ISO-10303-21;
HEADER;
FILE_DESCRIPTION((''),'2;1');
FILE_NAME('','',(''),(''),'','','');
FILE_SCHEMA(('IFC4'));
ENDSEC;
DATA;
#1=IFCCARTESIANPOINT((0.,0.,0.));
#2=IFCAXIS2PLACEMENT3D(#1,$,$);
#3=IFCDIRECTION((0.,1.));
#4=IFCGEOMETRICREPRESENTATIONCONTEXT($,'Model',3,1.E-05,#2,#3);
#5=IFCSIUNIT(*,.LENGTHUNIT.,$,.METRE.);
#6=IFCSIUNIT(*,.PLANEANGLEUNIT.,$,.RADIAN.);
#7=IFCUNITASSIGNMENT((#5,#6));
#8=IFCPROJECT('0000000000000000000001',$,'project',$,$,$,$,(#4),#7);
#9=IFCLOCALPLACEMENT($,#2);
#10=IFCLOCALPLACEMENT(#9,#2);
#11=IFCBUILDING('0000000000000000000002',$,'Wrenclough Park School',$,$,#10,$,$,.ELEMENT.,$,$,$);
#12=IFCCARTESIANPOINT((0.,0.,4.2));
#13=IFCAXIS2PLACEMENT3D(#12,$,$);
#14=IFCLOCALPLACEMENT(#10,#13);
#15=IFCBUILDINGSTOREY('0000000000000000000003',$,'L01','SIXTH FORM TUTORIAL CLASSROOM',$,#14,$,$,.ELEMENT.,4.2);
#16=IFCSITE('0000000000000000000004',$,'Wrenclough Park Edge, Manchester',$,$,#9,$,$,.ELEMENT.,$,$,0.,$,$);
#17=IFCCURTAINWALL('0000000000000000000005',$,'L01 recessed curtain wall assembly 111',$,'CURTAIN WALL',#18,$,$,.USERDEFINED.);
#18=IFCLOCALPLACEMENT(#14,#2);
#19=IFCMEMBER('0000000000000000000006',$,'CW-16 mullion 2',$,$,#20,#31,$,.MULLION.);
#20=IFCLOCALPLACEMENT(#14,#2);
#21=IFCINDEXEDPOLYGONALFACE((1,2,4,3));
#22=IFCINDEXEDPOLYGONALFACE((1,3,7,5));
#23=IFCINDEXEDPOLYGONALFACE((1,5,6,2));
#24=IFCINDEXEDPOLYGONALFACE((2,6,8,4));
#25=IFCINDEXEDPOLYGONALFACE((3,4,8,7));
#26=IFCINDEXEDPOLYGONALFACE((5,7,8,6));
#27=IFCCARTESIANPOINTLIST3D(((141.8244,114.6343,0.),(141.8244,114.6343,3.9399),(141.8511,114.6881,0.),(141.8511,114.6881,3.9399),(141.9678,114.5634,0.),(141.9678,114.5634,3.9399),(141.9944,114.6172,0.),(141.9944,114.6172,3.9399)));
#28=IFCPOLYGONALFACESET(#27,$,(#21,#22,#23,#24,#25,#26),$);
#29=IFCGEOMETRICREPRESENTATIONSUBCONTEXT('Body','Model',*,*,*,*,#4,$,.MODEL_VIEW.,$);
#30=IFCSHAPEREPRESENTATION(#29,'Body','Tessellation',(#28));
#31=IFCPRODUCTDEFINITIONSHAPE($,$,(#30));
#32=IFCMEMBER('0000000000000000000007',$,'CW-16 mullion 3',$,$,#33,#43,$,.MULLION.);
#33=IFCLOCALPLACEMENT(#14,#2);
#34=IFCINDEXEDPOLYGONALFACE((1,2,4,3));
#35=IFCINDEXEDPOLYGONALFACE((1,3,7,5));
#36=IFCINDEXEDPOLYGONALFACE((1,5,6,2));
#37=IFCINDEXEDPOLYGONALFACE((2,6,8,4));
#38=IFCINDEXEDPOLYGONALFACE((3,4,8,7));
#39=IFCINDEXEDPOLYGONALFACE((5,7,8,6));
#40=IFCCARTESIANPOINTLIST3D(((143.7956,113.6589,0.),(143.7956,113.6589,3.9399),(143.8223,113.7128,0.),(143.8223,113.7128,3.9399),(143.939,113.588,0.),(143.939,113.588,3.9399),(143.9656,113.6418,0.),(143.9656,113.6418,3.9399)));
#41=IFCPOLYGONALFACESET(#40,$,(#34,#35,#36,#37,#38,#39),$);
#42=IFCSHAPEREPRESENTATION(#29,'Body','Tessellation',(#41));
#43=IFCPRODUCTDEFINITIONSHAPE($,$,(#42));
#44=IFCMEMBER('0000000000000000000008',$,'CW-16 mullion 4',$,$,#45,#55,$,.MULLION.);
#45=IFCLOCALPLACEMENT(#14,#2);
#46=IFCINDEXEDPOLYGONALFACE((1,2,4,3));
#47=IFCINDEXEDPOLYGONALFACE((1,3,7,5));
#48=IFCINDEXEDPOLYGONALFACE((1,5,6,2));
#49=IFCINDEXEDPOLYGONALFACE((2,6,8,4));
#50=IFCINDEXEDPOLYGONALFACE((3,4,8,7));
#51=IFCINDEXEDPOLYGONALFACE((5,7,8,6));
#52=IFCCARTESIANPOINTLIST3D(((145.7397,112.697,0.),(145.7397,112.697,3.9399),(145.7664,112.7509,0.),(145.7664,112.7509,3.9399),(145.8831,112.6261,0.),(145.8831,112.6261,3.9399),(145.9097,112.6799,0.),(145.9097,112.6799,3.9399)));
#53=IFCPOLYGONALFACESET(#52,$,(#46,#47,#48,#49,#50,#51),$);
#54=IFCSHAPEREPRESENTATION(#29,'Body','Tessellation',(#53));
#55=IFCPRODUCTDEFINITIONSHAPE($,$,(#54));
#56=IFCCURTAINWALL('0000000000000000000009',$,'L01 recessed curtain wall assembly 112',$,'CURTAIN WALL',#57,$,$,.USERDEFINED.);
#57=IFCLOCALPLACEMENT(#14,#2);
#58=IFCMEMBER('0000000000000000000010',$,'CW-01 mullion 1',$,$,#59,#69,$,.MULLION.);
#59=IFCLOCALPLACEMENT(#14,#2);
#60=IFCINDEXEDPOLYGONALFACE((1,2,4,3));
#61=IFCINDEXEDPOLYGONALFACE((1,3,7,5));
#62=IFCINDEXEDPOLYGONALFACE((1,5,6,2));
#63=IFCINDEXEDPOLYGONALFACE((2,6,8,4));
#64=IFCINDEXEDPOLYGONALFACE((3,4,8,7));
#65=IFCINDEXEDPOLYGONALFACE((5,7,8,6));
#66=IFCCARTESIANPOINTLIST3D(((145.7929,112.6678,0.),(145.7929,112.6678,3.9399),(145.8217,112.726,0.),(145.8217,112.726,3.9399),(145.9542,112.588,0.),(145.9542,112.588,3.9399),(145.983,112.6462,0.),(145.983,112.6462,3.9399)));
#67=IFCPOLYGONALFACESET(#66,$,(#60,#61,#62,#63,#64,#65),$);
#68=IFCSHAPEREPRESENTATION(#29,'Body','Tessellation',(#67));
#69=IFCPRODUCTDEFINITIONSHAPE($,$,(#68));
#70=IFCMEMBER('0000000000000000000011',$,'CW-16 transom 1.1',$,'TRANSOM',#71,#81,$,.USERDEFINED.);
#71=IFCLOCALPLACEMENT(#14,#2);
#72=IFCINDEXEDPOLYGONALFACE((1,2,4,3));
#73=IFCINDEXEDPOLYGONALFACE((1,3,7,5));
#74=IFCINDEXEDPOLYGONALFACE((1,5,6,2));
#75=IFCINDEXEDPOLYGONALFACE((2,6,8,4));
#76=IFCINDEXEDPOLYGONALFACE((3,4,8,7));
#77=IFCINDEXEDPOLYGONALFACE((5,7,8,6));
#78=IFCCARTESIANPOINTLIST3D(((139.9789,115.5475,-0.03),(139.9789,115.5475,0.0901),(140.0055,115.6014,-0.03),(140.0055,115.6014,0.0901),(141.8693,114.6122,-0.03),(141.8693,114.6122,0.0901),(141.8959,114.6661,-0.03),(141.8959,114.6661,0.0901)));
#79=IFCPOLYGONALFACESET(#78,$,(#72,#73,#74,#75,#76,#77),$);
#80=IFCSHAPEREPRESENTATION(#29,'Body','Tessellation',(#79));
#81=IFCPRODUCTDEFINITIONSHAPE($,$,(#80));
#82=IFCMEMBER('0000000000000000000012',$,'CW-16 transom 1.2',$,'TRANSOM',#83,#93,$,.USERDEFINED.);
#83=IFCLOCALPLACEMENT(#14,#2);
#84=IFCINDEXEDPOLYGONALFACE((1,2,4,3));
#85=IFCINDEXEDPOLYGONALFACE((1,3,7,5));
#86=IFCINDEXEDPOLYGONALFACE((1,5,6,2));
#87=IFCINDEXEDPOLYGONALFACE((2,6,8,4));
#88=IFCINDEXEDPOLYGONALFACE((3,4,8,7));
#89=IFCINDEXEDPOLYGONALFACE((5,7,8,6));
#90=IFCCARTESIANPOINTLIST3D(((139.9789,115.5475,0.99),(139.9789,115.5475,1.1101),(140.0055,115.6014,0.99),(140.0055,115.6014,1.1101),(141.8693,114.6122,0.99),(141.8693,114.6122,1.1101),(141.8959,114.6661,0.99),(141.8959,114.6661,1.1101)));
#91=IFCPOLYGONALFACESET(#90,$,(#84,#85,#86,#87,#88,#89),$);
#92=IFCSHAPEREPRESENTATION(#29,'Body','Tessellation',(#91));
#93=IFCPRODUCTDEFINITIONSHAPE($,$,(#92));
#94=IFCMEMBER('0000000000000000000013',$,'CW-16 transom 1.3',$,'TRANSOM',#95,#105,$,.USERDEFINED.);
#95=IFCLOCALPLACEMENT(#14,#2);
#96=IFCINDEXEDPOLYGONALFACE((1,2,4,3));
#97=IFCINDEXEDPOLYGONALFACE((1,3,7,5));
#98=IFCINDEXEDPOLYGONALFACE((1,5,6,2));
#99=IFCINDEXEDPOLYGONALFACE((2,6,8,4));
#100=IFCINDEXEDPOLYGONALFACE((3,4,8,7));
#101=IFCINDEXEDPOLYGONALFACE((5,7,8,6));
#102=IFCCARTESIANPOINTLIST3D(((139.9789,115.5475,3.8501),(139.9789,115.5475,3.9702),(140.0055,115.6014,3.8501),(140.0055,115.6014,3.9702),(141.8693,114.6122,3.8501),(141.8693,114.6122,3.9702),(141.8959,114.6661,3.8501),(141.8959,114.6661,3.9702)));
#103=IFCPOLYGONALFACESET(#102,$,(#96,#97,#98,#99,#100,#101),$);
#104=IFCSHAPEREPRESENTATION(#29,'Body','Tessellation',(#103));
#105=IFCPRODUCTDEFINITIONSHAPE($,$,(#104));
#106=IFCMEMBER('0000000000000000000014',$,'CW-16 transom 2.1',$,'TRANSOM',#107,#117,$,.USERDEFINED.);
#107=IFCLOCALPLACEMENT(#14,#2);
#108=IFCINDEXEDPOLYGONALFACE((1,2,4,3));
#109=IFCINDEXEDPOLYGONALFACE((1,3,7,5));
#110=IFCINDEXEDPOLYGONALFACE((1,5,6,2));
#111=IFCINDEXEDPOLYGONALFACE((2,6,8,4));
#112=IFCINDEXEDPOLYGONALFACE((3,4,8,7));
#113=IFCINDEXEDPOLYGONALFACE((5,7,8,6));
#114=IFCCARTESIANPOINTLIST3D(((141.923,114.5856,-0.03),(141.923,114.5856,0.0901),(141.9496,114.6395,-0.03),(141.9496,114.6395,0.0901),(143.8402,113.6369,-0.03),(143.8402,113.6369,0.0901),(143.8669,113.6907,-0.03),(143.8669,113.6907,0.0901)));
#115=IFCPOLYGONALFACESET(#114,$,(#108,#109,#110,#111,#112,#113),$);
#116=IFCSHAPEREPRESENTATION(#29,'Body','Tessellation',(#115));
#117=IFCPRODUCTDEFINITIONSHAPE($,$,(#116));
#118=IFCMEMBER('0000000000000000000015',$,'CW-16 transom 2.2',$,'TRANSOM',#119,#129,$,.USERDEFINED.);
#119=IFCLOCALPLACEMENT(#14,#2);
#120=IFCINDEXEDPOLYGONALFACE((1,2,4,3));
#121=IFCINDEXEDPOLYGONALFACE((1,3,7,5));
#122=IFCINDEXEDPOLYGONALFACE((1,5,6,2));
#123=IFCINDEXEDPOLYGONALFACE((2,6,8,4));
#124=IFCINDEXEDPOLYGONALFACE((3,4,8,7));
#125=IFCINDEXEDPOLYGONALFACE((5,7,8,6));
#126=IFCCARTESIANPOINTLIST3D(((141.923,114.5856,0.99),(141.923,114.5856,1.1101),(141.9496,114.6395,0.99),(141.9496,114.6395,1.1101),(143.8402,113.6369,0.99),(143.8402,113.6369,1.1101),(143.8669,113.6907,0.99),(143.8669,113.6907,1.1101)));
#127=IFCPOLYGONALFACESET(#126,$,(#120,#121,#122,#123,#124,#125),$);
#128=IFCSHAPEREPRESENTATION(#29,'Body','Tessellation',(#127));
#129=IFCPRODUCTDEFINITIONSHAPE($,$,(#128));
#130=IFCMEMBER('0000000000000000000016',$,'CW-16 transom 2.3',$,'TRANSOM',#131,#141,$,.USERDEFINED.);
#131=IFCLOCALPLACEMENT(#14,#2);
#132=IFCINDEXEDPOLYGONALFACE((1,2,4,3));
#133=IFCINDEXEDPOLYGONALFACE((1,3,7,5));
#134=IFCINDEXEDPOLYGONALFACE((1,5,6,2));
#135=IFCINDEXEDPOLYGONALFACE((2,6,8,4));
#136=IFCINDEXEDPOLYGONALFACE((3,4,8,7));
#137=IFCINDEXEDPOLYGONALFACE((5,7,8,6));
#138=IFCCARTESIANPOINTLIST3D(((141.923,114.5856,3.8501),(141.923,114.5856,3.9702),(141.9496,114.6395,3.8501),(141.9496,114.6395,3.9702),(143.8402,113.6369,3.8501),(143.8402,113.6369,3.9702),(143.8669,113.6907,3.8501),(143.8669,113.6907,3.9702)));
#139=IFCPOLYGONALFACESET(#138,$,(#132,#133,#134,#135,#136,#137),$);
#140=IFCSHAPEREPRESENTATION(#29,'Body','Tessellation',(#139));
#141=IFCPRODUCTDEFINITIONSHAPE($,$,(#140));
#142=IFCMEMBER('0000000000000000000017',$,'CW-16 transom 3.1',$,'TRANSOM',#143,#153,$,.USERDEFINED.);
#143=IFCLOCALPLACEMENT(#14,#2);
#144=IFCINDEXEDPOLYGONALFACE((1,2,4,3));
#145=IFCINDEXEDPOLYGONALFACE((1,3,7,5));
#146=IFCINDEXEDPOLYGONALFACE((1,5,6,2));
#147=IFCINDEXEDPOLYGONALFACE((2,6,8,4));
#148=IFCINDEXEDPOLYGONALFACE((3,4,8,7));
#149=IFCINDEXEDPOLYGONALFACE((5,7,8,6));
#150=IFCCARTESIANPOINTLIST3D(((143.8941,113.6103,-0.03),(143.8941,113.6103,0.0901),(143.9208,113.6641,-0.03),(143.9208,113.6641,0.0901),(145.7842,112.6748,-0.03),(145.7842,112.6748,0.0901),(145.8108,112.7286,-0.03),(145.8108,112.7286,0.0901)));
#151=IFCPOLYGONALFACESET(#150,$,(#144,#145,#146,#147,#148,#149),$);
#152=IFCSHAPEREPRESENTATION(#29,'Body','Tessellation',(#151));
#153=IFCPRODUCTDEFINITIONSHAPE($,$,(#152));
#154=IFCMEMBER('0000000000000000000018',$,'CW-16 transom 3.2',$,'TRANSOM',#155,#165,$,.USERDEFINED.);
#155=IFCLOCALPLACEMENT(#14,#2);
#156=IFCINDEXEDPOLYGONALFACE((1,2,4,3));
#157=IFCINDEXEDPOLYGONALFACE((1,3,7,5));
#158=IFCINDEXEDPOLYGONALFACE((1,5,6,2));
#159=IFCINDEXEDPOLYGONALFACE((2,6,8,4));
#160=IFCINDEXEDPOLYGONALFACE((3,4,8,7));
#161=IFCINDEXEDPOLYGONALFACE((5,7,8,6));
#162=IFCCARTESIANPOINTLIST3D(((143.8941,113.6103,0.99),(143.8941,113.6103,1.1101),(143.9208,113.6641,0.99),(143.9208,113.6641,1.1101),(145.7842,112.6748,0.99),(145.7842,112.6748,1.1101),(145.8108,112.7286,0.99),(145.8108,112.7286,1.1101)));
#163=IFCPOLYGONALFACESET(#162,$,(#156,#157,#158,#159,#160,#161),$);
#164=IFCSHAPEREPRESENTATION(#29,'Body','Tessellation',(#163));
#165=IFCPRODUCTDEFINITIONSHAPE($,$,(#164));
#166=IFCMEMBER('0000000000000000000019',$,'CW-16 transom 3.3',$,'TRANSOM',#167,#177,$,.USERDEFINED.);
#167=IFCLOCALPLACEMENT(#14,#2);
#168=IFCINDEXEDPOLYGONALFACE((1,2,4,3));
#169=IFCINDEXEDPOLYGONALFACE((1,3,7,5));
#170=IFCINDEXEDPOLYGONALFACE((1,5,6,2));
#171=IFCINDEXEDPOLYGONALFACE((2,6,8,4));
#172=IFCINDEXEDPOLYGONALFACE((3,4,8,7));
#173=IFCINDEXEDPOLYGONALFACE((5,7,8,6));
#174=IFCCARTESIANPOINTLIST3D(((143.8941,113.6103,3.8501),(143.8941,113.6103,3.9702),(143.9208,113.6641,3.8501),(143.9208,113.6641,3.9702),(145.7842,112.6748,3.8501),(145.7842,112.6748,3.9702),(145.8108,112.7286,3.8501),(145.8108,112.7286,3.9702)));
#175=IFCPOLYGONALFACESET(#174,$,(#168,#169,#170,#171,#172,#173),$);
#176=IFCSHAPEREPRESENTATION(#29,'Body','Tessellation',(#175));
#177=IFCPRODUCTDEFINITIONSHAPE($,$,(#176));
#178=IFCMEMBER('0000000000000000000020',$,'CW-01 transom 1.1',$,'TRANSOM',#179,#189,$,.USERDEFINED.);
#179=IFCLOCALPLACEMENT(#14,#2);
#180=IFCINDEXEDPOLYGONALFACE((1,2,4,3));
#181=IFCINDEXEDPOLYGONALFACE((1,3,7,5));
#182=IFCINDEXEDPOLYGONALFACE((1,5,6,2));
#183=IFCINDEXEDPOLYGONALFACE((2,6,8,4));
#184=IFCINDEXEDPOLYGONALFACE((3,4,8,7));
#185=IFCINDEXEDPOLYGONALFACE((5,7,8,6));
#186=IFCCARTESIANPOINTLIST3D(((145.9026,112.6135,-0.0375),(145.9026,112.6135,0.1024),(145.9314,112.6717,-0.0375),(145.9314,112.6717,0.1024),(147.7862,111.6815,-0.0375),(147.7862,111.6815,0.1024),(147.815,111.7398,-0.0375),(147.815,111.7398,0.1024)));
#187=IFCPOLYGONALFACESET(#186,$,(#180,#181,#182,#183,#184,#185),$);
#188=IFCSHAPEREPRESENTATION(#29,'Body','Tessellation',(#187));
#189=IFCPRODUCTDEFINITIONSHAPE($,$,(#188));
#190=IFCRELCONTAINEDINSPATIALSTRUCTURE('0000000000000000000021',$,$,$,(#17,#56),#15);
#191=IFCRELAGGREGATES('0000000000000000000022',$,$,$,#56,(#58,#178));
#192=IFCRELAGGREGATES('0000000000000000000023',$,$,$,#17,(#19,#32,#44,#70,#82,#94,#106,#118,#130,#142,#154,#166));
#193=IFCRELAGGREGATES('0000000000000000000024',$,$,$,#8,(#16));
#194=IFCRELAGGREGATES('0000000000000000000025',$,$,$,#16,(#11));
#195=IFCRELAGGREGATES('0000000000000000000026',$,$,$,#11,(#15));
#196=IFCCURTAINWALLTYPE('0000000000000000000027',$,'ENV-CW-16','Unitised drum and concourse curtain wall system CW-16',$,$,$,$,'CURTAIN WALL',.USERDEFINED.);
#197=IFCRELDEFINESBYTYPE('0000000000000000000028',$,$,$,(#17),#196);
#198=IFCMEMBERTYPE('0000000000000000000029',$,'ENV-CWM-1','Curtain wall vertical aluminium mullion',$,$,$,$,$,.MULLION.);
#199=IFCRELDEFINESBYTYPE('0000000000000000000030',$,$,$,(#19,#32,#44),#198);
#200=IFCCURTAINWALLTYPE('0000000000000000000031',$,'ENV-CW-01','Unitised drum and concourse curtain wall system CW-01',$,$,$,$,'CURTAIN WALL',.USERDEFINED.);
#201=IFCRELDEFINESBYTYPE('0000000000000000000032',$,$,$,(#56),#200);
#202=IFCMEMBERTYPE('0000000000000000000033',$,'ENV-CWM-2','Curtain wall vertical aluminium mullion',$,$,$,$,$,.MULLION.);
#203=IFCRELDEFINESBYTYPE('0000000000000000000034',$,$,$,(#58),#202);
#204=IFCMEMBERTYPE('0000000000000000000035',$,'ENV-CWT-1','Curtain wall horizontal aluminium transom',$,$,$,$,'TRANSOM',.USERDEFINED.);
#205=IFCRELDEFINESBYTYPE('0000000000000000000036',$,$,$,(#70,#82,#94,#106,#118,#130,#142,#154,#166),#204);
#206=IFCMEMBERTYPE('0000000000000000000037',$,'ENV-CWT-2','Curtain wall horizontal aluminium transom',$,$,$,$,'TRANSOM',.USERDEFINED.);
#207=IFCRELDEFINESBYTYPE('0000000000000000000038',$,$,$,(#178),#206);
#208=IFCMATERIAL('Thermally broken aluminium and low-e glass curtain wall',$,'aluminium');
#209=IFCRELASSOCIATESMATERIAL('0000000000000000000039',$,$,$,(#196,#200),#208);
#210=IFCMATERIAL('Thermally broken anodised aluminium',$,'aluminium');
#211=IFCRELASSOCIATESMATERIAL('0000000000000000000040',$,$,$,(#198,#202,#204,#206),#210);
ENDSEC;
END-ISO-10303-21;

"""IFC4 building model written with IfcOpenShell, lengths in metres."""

from ifc_helpers import new_model, si_unit, direction, frame, origin, origin_2d, place, context, subcontext, project, spatial, rectangle, extrude, material, material_profile, profile_set, type_object, element, aggregate, save


model = new_model("IFC4")

# Units and contexts
model_context = context("Model", 3, precision=1e-05, world=origin(), true_north=direction((0.0, 1.0)))
body_context = subcontext(model_context, "Body", "Model", "MODEL_VIEW")
ifc_project = project(units=[si_unit("LENGTHUNIT", "METRE"), si_unit("PLANEANGLEUNIT", "RADIAN")], contexts=[model_context])

# Site, building, storey
site_placement = place(None, origin())
site = spatial("IfcSite", under=ifc_project, at=site_placement, Name="Wrenclough Park Edge, Manchester", CompositionType="ELEMENT", RefElevation=0.0)
building_placement = place(site_placement, origin())
building = spatial("IfcBuilding", under=site, at=building_placement, Name="Wrenclough Park School", CompositionType="ELEMENT")
storey_placement = place(building_placement, frame((0.0, 0.0, 4.2)))
storey = spatial("IfcBuildingStorey", under=building, at=storey_placement, Name="L01", Description="SIXTH FORM TUTORIAL CLASSROOM", CompositionType="ELEMENT", Elevation=4.2)

# Curtain wall, members
ifc_material_1 = material(Name="Thermally broken aluminium and low-e glass curtain wall", Category="aluminium")
curtain_wall_type_1 = type_object("IfcCurtainWallType", Name="ENV-CW-16", Description="Unitised drum and concourse curtain wall system CW-16", ElementType="CURTAIN WALL", PredefinedType="USERDEFINED", material=ifc_material_1)
curtain_wall_1_placement = place(storey_placement, origin())
curtain_wall_1 = element("IfcCurtainWall", 1, at=curtain_wall_1_placement, inside=storey, type_object=curtain_wall_type_1, Name="L01 recessed curtain wall assembly 111", ObjectType="CURTAIN WALL", PredefinedType="USERDEFINED")
ifc_material_2 = material(Name="Thermally broken anodised aluminium", Category="aluminium")
ifc_material_profile_1 = material_profile(ifc_material_2, rectangle(XDim=0.0601, YDim=0.1599, at=origin_2d()), Name="AL MULLION 60x160")
ifc_profile_set_1 = profile_set([ifc_material_profile_1], Name="Thermally broken anodised aluminium")
member_type_1 = type_object("IfcMemberType", Name="ENV-CWM-1", Description="Curtain wall vertical aluminium mullion", PredefinedType="MULLION", material=ifc_profile_set_1)
member_1_placement = place(storey_placement, frame((141.9094, 114.6257, 0.0), z_axis=(0.0, 0.0, 1.0), x_axis=(0.443511, 0.896269, 0.0)))
member_1 = element("IfcMember", 2, at=member_1_placement, type_object=member_type_1, Name="CW-16 mullion 2", PredefinedType="MULLION", context=body_context, shape_type="SweptSolid", body=[
    extrude(rectangle(XDim=0.0601, YDim=0.1599, at=origin_2d()), origin(), (0.0, 0.0, 1.0), 3.9399),
])
member_2_placement = place(storey_placement, frame((143.8806, 113.6504, 0.0), z_axis=(0.0, 0.0, 1.0), x_axis=(0.443511, 0.896269, 0.0)))
member_2 = element("IfcMember", 3, at=member_2_placement, type_object=member_type_1, Name="CW-16 mullion 3", PredefinedType="MULLION", context=body_context, shape_type="SweptSolid", body=[
    extrude(rectangle(XDim=0.0601, YDim=0.1599, at=origin_2d()), origin(), (0.0, 0.0, 1.0), 3.9399),
])
member_3_placement = place(storey_placement, frame((145.8247, 112.6885, 0.0), z_axis=(0.0, 0.0, 1.0), x_axis=(0.443511, 0.896269, 0.0)))
member_3 = element("IfcMember", 4, at=member_3_placement, type_object=member_type_1, Name="CW-16 mullion 4", PredefinedType="MULLION", context=body_context, shape_type="SweptSolid", body=[
    extrude(rectangle(XDim=0.0601, YDim=0.1599, at=origin_2d()), origin(), (0.0, 0.0, 1.0), 3.9399),
])

# Curtain wall, member
curtain_wall_type_2 = type_object("IfcCurtainWallType", Name="ENV-CW-01", Description="Unitised drum and concourse curtain wall system CW-01", ElementType="CURTAIN WALL", PredefinedType="USERDEFINED", material=ifc_material_1)
curtain_wall_2_placement = place(storey_placement, origin())
curtain_wall_2 = element("IfcCurtainWall", 5, at=curtain_wall_2_placement, inside=storey, type_object=curtain_wall_type_2, Name="L01 recessed curtain wall assembly 112", ObjectType="CURTAIN WALL", PredefinedType="USERDEFINED")
ifc_material_profile_2 = material_profile(ifc_material_2, rectangle(XDim=0.0649, YDim=0.1799, at=origin_2d()), Name="AL MULLION 65x180")
ifc_profile_set_2 = profile_set([ifc_material_profile_2], Name="Thermally broken anodised aluminium")
member_type_2 = type_object("IfcMemberType", Name="ENV-CWM-2", Description="Curtain wall vertical aluminium mullion", PredefinedType="MULLION", material=ifc_profile_set_2)
member_4_placement = place(storey_placement, frame((145.8879, 112.657, 0.0), z_axis=(0.0, 0.0, 1.0), x_axis=(0.443511, 0.896269, 0.0)))
member_4 = element("IfcMember", 6, at=member_4_placement, type_object=member_type_2, Name="CW-01 mullion 1", PredefinedType="MULLION", context=body_context, shape_type="SweptSolid", body=[
    extrude(rectangle(XDim=0.0649, YDim=0.1799, at=origin_2d()), origin(), (0.0, 0.0, 1.0), 3.9399),
])

# Members
ifc_material_profile_3 = material_profile(ifc_material_2, rectangle(XDim=0.0601, YDim=0.1201, at=origin_2d()), Name="AL TRANSOM 60x120")
ifc_profile_set_3 = profile_set([ifc_material_profile_3], Name="Thermally broken anodised aluminium")
member_type_3 = type_object("IfcMemberType", Name="ENV-CWT-1", Description="Curtain wall horizontal aluminium transom", ElementType="TRANSOM", PredefinedType="USERDEFINED", material=ifc_profile_set_3)
member_5_placement = place(storey_placement, frame((139.9922, 115.5745, 0.03), z_axis=(0.896295, -0.443459, 0.0), x_axis=(0.443459, 0.896295, 0.0)))
member_5 = element("IfcMember", 7, at=member_5_placement, type_object=member_type_3, Name="CW-16 transom 1.1", ObjectType="TRANSOM", PredefinedType="USERDEFINED", context=body_context, shape_type="SweptSolid", body=[
    extrude(rectangle(XDim=0.0601, YDim=0.1201, at=origin_2d()), origin(), (0.0, 0.0, 1.0), 2.1091),
])
member_6_placement = place(storey_placement, frame((139.9922, 115.5745, 1.05), z_axis=(0.896295, -0.443459, 0.0), x_axis=(0.443459, 0.896295, 0.0)))
member_6 = element("IfcMember", 8, at=member_6_placement, type_object=member_type_3, Name="CW-16 transom 1.2", ObjectType="TRANSOM", PredefinedType="USERDEFINED", context=body_context, shape_type="SweptSolid", body=[
    extrude(rectangle(XDim=0.0601, YDim=0.1201, at=origin_2d()), origin(), (0.0, 0.0, 1.0), 2.1091),
])
member_7_placement = place(storey_placement, frame((139.9922, 115.5745, 3.9102), z_axis=(0.896295, -0.443459, 0.0), x_axis=(0.443459, 0.896295, 0.0)))
member_7 = element("IfcMember", 9, at=member_7_placement, type_object=member_type_3, Name="CW-16 transom 1.3", ObjectType="TRANSOM", PredefinedType="USERDEFINED", context=body_context, shape_type="SweptSolid", body=[
    extrude(rectangle(XDim=0.0601, YDim=0.1201, at=origin_2d()), origin(), (0.0, 0.0, 1.0), 2.1091),
])
member_8_placement = place(storey_placement, frame((141.9363, 114.6125, 0.03), z_axis=(0.896268, -0.443512, 0.0), x_axis=(0.443512, 0.896268, 0.0)))
member_8 = element("IfcMember", 10, at=member_8_placement, type_object=member_type_3, Name="CW-16 transom 2.1", ObjectType="TRANSOM", PredefinedType="USERDEFINED", context=body_context, shape_type="SweptSolid", body=[
    extrude(rectangle(XDim=0.0601, YDim=0.1201, at=origin_2d()), origin(), (0.0, 0.0, 1.0), 2.1392),
])
member_9_placement = place(storey_placement, frame((141.9363, 114.6125, 1.05), z_axis=(0.896268, -0.443512, 0.0), x_axis=(0.443512, 0.896268, 0.0)))
member_9 = element("IfcMember", 11, at=member_9_placement, type_object=member_type_3, Name="CW-16 transom 2.2", ObjectType="TRANSOM", PredefinedType="USERDEFINED", context=body_context, shape_type="SweptSolid", body=[
    extrude(rectangle(XDim=0.0601, YDim=0.1201, at=origin_2d()), origin(), (0.0, 0.0, 1.0), 2.1392),
])
member_10_placement = place(storey_placement, frame((141.9363, 114.6125, 3.9102), z_axis=(0.896268, -0.443512, 0.0), x_axis=(0.443512, 0.896268, 0.0)))
member_10 = element("IfcMember", 12, at=member_10_placement, type_object=member_type_3, Name="CW-16 transom 2.3", ObjectType="TRANSOM", PredefinedType="USERDEFINED", context=body_context, shape_type="SweptSolid", body=[
    extrude(rectangle(XDim=0.0601, YDim=0.1201, at=origin_2d()), origin(), (0.0, 0.0, 1.0), 2.1392),
])
member_11_placement = place(storey_placement, frame((143.9075, 113.6372, 0.03), z_axis=(0.896226, -0.443598, 0.0), x_axis=(0.443598, 0.896226, 0.0)))
member_11 = element("IfcMember", 13, at=member_11_placement, type_object=member_type_3, Name="CW-16 transom 3.1", ObjectType="TRANSOM", PredefinedType="USERDEFINED", context=body_context, shape_type="SweptSolid", body=[
    extrude(rectangle(XDim=0.0601, YDim=0.1201, at=origin_2d()), origin(), (0.0, 0.0, 1.0), 2.1089),
])
member_12_placement = place(storey_placement, frame((143.9075, 113.6372, 1.05), z_axis=(0.896226, -0.443598, 0.0), x_axis=(0.443598, 0.896226, 0.0)))
member_12 = element("IfcMember", 14, at=member_12_placement, type_object=member_type_3, Name="CW-16 transom 3.2", ObjectType="TRANSOM", PredefinedType="USERDEFINED", context=body_context, shape_type="SweptSolid", body=[
    extrude(rectangle(XDim=0.0601, YDim=0.1201, at=origin_2d()), origin(), (0.0, 0.0, 1.0), 2.1089),
])
member_13_placement = place(storey_placement, frame((143.9075, 113.6372, 3.9102), z_axis=(0.896226, -0.443598, 0.0), x_axis=(0.443598, 0.896226, 0.0)))
member_13 = element("IfcMember", 15, at=member_13_placement, type_object=member_type_3, Name="CW-16 transom 3.3", ObjectType="TRANSOM", PredefinedType="USERDEFINED", context=body_context, shape_type="SweptSolid", body=[
    extrude(rectangle(XDim=0.0601, YDim=0.1201, at=origin_2d()), origin(), (0.0, 0.0, 1.0), 2.1089),
])
ifc_material_profile_4 = material_profile(ifc_material_2, rectangle(XDim=0.0649, YDim=0.1399, at=origin_2d()), Name="AL TRANSOM 65x140")
ifc_profile_set_4 = profile_set([ifc_material_profile_4], Name="Thermally broken anodised aluminium")
member_type_4 = type_object("IfcMemberType", Name="ENV-CWT-2", Description="Curtain wall horizontal aluminium transom", ElementType="TRANSOM", PredefinedType="USERDEFINED", material=ifc_profile_set_4)
member_14_placement = place(storey_placement, frame((145.917, 112.6426, 0.0325), z_axis=(0.896301, -0.443446, 0.0), x_axis=(0.443446, 0.896301, 0.0)))
member_14 = element("IfcMember", 16, at=member_14_placement, type_object=member_type_4, Name="CW-01 transom 1.1", ObjectType="TRANSOM", PredefinedType="USERDEFINED", context=body_context, shape_type="SweptSolid", body=[
    extrude(rectangle(XDim=0.0649, YDim=0.1399, at=origin_2d()), origin(), (0.0, 0.0, 1.0), 2.1016),
])
aggregate(curtain_wall_2, [member_4, member_14])

aggregate(curtain_wall_1, [member_1, member_2, member_3, member_5, member_6, member_7, member_8, member_9, member_10, member_11, member_12, member_13])

save(model, "model.ifc")
